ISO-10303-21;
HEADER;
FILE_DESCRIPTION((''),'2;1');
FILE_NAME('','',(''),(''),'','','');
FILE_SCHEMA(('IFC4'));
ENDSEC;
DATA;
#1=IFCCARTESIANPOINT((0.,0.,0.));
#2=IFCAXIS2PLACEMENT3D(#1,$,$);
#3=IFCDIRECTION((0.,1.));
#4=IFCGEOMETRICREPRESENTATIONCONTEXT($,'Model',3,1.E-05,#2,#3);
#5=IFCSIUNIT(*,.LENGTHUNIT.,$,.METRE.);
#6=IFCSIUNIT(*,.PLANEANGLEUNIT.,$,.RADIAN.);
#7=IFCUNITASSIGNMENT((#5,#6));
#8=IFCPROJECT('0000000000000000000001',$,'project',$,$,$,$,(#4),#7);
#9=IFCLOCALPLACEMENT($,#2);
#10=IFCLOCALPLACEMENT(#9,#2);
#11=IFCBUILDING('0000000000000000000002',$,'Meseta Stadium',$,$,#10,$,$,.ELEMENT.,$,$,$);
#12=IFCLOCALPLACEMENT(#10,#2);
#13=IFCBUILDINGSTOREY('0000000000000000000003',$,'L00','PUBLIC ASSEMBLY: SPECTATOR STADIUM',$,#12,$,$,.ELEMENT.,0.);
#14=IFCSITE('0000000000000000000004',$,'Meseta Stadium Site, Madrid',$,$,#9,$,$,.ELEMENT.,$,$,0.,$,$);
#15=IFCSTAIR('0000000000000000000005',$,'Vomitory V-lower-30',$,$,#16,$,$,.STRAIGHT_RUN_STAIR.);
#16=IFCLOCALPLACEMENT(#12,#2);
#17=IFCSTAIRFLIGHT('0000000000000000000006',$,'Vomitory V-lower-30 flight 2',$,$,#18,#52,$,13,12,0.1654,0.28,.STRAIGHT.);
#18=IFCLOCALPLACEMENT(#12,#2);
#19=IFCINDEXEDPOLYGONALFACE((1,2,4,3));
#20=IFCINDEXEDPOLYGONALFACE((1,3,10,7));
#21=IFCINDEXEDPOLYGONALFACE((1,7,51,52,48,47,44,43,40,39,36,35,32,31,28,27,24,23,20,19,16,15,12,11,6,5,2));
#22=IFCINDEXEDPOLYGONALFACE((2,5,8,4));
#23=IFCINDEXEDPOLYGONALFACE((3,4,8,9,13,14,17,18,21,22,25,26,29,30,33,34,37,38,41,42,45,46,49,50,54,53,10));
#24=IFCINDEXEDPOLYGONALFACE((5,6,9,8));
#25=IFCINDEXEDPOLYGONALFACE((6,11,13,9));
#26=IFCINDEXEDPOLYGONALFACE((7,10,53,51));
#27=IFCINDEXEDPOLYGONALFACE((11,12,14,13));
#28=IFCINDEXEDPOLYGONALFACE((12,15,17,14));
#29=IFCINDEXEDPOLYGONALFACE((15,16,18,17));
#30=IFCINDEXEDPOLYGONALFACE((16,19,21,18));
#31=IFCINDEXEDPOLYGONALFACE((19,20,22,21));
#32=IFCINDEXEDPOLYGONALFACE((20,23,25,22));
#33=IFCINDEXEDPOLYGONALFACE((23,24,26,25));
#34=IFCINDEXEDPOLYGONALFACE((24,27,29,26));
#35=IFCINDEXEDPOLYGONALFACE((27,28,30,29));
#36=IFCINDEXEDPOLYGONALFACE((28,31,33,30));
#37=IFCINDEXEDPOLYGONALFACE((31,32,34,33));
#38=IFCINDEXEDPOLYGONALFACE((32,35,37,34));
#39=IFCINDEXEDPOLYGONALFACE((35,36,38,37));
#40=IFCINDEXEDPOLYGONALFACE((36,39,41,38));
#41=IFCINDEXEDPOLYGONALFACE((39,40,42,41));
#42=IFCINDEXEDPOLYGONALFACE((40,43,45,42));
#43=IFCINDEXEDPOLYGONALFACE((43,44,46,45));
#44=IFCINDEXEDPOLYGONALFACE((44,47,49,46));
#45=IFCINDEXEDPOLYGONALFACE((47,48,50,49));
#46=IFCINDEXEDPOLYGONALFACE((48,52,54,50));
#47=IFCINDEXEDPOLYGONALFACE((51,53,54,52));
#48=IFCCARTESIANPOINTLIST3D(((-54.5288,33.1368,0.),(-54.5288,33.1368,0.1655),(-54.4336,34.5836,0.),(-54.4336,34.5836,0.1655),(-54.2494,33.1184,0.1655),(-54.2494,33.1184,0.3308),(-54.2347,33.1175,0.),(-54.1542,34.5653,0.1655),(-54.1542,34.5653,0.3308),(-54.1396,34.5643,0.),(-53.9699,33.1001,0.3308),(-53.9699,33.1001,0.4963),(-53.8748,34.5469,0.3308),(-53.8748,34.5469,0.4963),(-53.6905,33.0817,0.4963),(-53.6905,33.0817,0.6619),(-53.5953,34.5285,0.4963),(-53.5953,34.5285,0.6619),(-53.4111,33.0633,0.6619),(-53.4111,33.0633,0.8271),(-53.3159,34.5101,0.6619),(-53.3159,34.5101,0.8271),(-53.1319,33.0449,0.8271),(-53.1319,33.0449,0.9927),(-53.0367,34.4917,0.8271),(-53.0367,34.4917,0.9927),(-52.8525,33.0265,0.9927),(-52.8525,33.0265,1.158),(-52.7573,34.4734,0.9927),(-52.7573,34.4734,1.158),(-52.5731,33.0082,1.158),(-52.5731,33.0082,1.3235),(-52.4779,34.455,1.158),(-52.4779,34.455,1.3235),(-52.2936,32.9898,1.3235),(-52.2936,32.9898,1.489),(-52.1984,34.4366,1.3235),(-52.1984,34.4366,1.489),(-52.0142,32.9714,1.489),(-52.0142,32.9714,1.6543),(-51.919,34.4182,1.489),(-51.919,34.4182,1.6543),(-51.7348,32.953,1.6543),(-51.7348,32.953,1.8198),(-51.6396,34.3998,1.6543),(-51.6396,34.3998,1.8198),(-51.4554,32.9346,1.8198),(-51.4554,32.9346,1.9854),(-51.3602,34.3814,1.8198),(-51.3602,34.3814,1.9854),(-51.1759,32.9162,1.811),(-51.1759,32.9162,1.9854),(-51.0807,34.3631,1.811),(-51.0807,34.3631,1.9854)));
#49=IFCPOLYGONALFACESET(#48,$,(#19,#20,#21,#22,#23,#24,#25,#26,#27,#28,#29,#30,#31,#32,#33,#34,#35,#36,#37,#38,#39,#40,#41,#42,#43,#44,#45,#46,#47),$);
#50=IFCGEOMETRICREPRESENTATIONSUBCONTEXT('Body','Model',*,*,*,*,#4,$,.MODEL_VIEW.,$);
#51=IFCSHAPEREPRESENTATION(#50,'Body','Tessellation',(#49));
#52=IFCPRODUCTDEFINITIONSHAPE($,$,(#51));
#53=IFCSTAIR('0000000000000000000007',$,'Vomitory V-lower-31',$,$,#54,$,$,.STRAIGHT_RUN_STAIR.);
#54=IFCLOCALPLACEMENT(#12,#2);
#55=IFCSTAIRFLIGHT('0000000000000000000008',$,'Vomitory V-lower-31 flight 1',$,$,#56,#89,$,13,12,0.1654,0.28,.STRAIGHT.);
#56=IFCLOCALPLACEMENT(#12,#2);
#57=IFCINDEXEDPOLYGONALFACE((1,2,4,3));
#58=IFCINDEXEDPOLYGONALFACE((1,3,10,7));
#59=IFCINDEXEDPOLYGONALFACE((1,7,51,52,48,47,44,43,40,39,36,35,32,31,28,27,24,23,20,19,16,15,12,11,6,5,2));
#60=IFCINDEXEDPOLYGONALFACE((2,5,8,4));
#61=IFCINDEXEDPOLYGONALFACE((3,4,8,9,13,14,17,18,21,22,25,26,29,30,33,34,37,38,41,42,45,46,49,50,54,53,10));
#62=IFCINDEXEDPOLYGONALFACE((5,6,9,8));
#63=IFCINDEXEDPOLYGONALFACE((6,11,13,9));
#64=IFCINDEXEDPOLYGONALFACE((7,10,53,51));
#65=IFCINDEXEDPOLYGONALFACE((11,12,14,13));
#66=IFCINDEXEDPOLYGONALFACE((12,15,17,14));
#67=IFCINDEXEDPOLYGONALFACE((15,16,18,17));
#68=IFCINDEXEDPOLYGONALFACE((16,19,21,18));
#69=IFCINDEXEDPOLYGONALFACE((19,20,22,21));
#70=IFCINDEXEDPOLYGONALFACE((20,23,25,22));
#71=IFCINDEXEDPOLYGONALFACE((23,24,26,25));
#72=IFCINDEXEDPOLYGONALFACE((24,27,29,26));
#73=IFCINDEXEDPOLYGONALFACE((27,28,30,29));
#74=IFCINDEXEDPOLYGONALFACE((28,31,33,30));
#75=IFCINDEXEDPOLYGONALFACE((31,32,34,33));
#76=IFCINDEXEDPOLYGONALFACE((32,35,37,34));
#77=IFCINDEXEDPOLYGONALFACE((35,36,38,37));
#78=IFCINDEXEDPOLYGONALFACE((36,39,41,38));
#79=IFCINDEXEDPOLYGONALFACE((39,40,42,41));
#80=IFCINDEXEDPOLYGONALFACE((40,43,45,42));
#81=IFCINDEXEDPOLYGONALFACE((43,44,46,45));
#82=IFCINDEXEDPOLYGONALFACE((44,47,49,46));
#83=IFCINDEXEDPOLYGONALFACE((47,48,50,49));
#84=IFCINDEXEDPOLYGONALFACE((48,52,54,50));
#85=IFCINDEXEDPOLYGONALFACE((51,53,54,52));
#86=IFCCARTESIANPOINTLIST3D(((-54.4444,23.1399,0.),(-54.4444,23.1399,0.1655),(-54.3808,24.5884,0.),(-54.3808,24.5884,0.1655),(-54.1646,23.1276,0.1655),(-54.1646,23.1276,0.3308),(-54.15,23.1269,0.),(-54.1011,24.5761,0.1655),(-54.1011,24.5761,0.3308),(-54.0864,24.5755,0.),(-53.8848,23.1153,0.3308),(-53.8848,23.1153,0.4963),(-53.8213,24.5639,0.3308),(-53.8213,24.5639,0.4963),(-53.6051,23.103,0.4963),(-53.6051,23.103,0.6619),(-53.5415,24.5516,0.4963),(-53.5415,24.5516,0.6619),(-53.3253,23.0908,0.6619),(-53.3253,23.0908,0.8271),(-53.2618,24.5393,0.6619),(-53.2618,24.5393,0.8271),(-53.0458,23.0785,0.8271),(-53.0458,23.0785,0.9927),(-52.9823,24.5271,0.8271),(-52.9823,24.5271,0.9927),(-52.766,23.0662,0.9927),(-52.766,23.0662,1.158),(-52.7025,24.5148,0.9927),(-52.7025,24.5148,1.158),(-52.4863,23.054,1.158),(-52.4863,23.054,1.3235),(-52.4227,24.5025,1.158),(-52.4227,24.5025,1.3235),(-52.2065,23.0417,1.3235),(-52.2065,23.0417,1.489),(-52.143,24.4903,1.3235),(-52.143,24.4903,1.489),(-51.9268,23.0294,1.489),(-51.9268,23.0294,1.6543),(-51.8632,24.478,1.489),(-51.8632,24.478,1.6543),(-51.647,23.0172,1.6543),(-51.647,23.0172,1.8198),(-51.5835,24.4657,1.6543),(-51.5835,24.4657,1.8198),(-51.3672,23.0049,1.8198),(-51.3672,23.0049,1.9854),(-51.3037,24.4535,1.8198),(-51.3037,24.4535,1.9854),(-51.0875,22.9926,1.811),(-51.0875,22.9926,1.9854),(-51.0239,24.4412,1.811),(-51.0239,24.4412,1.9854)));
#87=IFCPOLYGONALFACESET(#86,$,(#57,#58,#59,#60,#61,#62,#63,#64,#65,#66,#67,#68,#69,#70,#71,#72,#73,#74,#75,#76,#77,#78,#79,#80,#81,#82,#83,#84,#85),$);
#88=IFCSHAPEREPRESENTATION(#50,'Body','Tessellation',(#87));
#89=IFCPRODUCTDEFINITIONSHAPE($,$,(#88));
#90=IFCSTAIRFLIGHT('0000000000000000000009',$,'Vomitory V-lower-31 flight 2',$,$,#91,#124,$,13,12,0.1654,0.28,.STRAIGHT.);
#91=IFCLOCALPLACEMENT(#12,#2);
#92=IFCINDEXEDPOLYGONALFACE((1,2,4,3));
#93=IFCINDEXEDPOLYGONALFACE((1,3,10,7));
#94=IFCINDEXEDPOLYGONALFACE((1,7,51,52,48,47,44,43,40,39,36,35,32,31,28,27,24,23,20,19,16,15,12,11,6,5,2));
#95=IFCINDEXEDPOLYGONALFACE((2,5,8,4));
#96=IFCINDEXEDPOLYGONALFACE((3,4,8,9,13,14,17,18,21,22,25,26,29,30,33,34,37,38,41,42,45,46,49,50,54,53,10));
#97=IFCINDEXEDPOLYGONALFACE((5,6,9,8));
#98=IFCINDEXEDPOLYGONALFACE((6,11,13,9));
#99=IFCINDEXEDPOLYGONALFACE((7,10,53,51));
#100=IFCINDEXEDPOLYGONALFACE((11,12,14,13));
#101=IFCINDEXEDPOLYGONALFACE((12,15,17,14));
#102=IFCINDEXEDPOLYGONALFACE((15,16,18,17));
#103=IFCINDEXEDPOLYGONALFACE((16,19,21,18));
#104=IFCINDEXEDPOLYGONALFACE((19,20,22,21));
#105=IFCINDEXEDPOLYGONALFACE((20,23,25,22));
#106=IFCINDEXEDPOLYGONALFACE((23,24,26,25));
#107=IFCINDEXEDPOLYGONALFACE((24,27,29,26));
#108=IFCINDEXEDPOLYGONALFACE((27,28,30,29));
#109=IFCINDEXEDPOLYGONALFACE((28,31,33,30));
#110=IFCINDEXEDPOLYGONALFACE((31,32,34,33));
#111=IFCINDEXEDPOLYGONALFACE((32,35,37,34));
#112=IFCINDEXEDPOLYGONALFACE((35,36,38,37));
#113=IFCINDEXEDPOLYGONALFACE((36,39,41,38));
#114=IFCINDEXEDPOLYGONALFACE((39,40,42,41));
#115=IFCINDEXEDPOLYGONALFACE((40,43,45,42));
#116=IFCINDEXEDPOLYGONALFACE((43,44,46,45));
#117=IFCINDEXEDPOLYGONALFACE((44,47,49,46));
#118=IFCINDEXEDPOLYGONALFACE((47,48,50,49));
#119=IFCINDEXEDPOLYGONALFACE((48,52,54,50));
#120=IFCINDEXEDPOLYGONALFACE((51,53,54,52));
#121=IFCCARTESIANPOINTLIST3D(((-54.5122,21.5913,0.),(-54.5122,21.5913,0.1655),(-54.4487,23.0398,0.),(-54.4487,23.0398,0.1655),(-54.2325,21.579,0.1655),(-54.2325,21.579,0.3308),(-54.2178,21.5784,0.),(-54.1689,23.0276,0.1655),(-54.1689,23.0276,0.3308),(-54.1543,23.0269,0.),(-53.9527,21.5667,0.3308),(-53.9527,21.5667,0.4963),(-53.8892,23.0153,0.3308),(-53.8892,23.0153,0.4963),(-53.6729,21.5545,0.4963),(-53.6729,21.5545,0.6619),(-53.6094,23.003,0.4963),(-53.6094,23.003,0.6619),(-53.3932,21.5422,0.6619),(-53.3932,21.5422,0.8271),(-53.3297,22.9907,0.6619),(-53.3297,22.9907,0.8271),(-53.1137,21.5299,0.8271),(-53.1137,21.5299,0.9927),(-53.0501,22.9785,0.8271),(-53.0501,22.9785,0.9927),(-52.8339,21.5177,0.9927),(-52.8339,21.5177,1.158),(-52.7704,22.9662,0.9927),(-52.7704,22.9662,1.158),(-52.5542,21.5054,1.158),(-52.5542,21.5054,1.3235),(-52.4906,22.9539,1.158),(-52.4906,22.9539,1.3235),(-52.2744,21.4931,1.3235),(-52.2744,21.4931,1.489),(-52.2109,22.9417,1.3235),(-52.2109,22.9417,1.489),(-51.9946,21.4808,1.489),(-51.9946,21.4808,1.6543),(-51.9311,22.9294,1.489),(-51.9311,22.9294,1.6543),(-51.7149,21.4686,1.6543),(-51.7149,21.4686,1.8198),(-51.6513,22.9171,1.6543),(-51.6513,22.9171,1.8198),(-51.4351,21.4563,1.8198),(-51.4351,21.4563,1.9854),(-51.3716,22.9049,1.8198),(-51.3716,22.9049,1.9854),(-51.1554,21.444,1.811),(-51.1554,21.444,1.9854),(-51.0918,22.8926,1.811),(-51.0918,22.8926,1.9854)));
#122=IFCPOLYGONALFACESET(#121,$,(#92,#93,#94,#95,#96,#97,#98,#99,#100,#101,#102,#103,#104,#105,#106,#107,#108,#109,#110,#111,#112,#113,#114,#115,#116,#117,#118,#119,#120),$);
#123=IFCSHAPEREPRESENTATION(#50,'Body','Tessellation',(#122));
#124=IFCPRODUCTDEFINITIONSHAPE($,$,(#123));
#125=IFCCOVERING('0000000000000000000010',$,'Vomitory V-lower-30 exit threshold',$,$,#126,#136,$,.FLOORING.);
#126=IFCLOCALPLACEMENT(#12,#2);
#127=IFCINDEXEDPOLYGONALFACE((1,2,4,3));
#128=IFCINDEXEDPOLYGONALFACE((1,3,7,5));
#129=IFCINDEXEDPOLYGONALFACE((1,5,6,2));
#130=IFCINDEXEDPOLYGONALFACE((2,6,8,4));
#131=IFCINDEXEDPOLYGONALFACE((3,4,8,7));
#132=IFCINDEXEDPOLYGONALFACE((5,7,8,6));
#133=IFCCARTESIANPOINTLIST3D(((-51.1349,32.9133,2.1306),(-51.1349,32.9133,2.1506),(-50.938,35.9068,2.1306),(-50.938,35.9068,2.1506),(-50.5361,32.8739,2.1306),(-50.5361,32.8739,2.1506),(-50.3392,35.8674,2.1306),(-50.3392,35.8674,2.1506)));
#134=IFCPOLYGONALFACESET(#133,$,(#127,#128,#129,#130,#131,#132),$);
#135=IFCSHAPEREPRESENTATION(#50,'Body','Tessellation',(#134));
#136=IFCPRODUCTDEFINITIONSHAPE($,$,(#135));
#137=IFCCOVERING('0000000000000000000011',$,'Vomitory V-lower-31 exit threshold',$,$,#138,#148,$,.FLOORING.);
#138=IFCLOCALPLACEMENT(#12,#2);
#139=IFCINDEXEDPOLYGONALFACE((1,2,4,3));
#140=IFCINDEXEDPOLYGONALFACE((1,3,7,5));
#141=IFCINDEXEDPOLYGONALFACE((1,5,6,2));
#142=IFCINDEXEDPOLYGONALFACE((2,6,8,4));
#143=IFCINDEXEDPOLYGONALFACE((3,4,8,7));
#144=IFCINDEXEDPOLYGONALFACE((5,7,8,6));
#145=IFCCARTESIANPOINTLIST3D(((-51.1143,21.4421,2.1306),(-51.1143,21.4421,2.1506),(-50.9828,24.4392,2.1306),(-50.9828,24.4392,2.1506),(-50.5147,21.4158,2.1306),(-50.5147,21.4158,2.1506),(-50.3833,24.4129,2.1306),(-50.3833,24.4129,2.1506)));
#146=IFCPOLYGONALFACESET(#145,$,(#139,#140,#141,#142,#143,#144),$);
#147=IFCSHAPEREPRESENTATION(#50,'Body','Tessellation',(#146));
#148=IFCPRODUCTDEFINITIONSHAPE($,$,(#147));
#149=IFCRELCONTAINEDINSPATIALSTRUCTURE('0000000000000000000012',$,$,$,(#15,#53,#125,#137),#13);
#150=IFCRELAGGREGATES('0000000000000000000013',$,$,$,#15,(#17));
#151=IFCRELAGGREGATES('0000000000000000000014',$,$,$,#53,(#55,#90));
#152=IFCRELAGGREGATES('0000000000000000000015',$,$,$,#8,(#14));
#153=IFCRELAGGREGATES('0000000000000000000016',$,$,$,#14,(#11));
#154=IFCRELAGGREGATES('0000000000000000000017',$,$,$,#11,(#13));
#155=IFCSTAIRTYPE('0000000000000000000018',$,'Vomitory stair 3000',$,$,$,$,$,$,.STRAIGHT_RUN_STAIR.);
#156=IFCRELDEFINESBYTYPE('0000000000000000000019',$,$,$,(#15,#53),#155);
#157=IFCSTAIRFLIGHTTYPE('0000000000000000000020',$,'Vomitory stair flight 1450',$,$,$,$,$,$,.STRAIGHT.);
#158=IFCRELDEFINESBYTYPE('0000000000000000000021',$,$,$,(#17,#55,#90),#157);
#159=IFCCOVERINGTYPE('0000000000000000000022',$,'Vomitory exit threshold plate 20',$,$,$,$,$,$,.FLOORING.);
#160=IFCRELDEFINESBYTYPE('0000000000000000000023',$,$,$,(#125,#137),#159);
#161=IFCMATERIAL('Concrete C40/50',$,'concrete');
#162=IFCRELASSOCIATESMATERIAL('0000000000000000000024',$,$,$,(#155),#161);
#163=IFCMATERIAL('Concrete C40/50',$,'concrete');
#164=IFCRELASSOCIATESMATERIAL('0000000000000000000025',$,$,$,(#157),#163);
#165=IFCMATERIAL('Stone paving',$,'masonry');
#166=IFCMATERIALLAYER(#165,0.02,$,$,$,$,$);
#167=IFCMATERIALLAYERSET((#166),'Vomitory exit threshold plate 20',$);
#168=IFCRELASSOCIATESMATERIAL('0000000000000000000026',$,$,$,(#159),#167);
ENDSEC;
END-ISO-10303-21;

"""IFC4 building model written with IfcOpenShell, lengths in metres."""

from ifc_helpers import new_model, si_unit, direction, frame, origin, origin_2d, place, context, subcontext, project, spatial, polyline, rectangle, outline, extrude, material, layer, layer_set, type_object, element, aggregate, save


model = new_model("IFC4")

# Units and contexts
model_context = context("Model", 3, precision=1e-05, world=origin(), true_north=direction((0.0, 1.0)))
body_context = subcontext(model_context, "Body", "Model", "MODEL_VIEW")
ifc_project = project(units=[si_unit("LENGTHUNIT", "METRE"), si_unit("PLANEANGLEUNIT", "RADIAN")], contexts=[model_context])

# Site, building, storey
site_placement = place(None, origin())
site = spatial("IfcSite", under=ifc_project, at=site_placement, Name="Meseta Stadium Site, Madrid", CompositionType="ELEMENT", RefElevation=0.0)
building_placement = place(site_placement, origin())
building = spatial("IfcBuilding", under=site, at=building_placement, Name="Meseta Stadium", CompositionType="ELEMENT")
storey_placement = place(building_placement, origin())
storey = spatial("IfcBuildingStorey", under=building, at=storey_placement, Name="L00", Description="PUBLIC ASSEMBLY: SPECTATOR STADIUM", CompositionType="ELEMENT", Elevation=0.0)

# Stairs, stair flights
ifc_material_1 = material(Name="Concrete C40/50", Category="concrete")
stair_type = type_object("IfcStairType", Name="Vomitory stair 3000", PredefinedType="STRAIGHT_RUN_STAIR", material=ifc_material_1)
stair_1_placement = place(storey_placement, origin())
stair_1 = element("IfcStair", 1, at=stair_1_placement, inside=storey, type_object=stair_type, Name="Vomitory V-lower-30", PredefinedType="STRAIGHT_RUN_STAIR")
ifc_material_2 = material(Name="Concrete C40/50", Category="concrete")
stair_flight_type = type_object("IfcStairFlightType", Name="Vomitory stair flight 1450", PredefinedType="STRAIGHT", material=ifc_material_2)
stair_flight_1_placement = place(storey_placement, frame((-54.4812, 33.8601, 0.0), z_axis=(0.0, 0.0, 1.0), x_axis=(0.997843, -0.065647, 0.0)))
stair_flight_1 = element("IfcStairFlight", 2, at=stair_flight_1_placement, type_object=stair_flight_type, Name="Vomitory V-lower-30 flight 2", NumberOfRisers=13, NumberOfTreads=12, PredefinedType="STRAIGHT", RiserHeight=0.1654, TreadLength=0.28, context=body_context, shape_type="SweptSolid", body=[
    extrude(outline(polyline([(0.0, 0.0), (0.0, 0.1655), (0.28, 0.1655), (0.28, 0.3308), (0.5601, 0.3308), (0.5601, 0.4963), (0.8401, 0.4963), (0.8401, 0.6619), (1.1201, 0.6619), (1.1201, 0.8271), (1.3999, 0.8271), (1.3999, 0.9927), (1.6799, 0.9927), (1.6799, 1.158), (1.96, 1.158), (1.96, 1.3235), (2.24, 1.3235), (2.24, 1.489), (2.52, 1.489), (2.52, 1.6543), (2.8, 1.6543), (2.8, 1.8198), (3.0801, 1.8198), (3.0801, 1.9854), (3.3601, 1.9854), (3.3601, 1.811), (0.2947, 0.0), (0.0, 0.0)])), frame((0.0, 0.7251, 0.0), z_axis=(0.0, -1.0, 0.0), x_axis=(1.0, 0.0, 0.0)), (0.0, 0.0, 1.0), 1.45),
])
aggregate(stair_1, [stair_flight_1])
stair_2_placement = place(storey_placement, origin())
stair_2 = element("IfcStair", 3, at=stair_2_placement, inside=storey, type_object=stair_type, Name="Vomitory V-lower-31", PredefinedType="STRAIGHT_RUN_STAIR")
stair_flight_2_placement = place(storey_placement, frame((-54.4126, 23.864, 0.0), z_axis=(0.0, 0.0, 1.0), x_axis=(0.99904, -0.043818, 0.0)))
stair_flight_2 = element("IfcStairFlight", 4, at=stair_flight_2_placement, type_object=stair_flight_type, Name="Vomitory V-lower-31 flight 1", NumberOfRisers=13, NumberOfTreads=12, PredefinedType="STRAIGHT", RiserHeight=0.1654, TreadLength=0.28, context=body_context, shape_type="SweptSolid", body=[
    extrude(outline(polyline([(0.0, 0.0), (0.0, 0.1655), (0.28, 0.1655), (0.28, 0.3308), (0.5601, 0.3308), (0.5601, 0.4963), (0.8401, 0.4963), (0.8401, 0.6619), (1.1201, 0.6619), (1.1201, 0.8271), (1.3999, 0.8271), (1.3999, 0.9927), (1.6799, 0.9927), (1.6799, 1.158), (1.96, 1.158), (1.96, 1.3235), (2.24, 1.3235), (2.24, 1.489), (2.52, 1.489), (2.52, 1.6543), (2.8, 1.6543), (2.8, 1.8198), (3.0801, 1.8198), (3.0801, 1.9854), (3.3601, 1.9854), (3.3601, 1.811), (0.2947, 0.0), (0.0, 0.0)])), frame((0.0, 0.7251, 0.0), z_axis=(0.0, -1.0, 0.0), x_axis=(1.0, 0.0, 0.0)), (0.0, 0.0, 1.0), 1.45),
])
stair_flight_3_placement = place(storey_placement, frame((-54.4805, 22.3154, 0.0), z_axis=(0.0, 0.0, 1.0), x_axis=(0.99904, -0.043818, 0.0)))
stair_flight_3 = element("IfcStairFlight", 5, at=stair_flight_3_placement, type_object=stair_flight_type, Name="Vomitory V-lower-31 flight 2", NumberOfRisers=13, NumberOfTreads=12, PredefinedType="STRAIGHT", RiserHeight=0.1654, TreadLength=0.28, context=body_context, shape_type="SweptSolid", body=[
    extrude(outline(polyline([(0.0, 0.0), (0.0, 0.1655), (0.28, 0.1655), (0.28, 0.3308), (0.5601, 0.3308), (0.5601, 0.4963), (0.8401, 0.4963), (0.8401, 0.6619), (1.1201, 0.6619), (1.1201, 0.8271), (1.3999, 0.8271), (1.3999, 0.9927), (1.6799, 0.9927), (1.6799, 1.158), (1.96, 1.158), (1.96, 1.3235), (2.24, 1.3235), (2.24, 1.489), (2.52, 1.489), (2.52, 1.6543), (2.8, 1.6543), (2.8, 1.8198), (3.0801, 1.8198), (3.0801, 1.9854), (3.3601, 1.9854), (3.3601, 1.811), (0.2947, 0.0), (0.0, 0.0)])), frame((0.0, 0.7251, 0.0), z_axis=(0.0, -1.0, 0.0), x_axis=(1.0, 0.0, 0.0)), (0.0, 0.0, 1.0), 1.45),
])
aggregate(stair_2, [stair_flight_2, stair_flight_3])

# Coverings
ifc_material_3 = material(Name="Stone paving", Category="masonry")
ifc_layer_1 = layer(ifc_material_3, 0.02)
ifc_layer_set_1 = layer_set([ifc_layer_1], Name="Vomitory exit threshold plate 20")
covering_type = type_object("IfcCoveringType", Name="Vomitory exit threshold plate 20", PredefinedType="FLOORING", material=ifc_layer_set_1)
for number, where, z_axis, x_axis, name in (
    (6, (-50.7371, 34.3904, 2.1306), (0.0, 0.0, 1.0), (0.997843, -0.065647, 0.0), "Vomitory V-lower-30 exit threshold"),
    (7, (-50.7488, 22.9275, 2.1306), (0.0, 0.0, 1.0), (0.99904, -0.043818, 0.0), "Vomitory V-lower-31 exit threshold"),
):
    element("IfcCovering", number, at=place(storey_placement, frame(where, z_axis=z_axis, x_axis=x_axis)), inside=storey, type_object=covering_type, Name=name, PredefinedType="FLOORING", context=body_context, shape_type="SweptSolid", body=[
        extrude(rectangle(XDim=0.6001, YDim=3.0, at=origin_2d()), origin(), (0.0, 0.0, 1.0), 0.02),
    ])

save(model, "model.ifc")
